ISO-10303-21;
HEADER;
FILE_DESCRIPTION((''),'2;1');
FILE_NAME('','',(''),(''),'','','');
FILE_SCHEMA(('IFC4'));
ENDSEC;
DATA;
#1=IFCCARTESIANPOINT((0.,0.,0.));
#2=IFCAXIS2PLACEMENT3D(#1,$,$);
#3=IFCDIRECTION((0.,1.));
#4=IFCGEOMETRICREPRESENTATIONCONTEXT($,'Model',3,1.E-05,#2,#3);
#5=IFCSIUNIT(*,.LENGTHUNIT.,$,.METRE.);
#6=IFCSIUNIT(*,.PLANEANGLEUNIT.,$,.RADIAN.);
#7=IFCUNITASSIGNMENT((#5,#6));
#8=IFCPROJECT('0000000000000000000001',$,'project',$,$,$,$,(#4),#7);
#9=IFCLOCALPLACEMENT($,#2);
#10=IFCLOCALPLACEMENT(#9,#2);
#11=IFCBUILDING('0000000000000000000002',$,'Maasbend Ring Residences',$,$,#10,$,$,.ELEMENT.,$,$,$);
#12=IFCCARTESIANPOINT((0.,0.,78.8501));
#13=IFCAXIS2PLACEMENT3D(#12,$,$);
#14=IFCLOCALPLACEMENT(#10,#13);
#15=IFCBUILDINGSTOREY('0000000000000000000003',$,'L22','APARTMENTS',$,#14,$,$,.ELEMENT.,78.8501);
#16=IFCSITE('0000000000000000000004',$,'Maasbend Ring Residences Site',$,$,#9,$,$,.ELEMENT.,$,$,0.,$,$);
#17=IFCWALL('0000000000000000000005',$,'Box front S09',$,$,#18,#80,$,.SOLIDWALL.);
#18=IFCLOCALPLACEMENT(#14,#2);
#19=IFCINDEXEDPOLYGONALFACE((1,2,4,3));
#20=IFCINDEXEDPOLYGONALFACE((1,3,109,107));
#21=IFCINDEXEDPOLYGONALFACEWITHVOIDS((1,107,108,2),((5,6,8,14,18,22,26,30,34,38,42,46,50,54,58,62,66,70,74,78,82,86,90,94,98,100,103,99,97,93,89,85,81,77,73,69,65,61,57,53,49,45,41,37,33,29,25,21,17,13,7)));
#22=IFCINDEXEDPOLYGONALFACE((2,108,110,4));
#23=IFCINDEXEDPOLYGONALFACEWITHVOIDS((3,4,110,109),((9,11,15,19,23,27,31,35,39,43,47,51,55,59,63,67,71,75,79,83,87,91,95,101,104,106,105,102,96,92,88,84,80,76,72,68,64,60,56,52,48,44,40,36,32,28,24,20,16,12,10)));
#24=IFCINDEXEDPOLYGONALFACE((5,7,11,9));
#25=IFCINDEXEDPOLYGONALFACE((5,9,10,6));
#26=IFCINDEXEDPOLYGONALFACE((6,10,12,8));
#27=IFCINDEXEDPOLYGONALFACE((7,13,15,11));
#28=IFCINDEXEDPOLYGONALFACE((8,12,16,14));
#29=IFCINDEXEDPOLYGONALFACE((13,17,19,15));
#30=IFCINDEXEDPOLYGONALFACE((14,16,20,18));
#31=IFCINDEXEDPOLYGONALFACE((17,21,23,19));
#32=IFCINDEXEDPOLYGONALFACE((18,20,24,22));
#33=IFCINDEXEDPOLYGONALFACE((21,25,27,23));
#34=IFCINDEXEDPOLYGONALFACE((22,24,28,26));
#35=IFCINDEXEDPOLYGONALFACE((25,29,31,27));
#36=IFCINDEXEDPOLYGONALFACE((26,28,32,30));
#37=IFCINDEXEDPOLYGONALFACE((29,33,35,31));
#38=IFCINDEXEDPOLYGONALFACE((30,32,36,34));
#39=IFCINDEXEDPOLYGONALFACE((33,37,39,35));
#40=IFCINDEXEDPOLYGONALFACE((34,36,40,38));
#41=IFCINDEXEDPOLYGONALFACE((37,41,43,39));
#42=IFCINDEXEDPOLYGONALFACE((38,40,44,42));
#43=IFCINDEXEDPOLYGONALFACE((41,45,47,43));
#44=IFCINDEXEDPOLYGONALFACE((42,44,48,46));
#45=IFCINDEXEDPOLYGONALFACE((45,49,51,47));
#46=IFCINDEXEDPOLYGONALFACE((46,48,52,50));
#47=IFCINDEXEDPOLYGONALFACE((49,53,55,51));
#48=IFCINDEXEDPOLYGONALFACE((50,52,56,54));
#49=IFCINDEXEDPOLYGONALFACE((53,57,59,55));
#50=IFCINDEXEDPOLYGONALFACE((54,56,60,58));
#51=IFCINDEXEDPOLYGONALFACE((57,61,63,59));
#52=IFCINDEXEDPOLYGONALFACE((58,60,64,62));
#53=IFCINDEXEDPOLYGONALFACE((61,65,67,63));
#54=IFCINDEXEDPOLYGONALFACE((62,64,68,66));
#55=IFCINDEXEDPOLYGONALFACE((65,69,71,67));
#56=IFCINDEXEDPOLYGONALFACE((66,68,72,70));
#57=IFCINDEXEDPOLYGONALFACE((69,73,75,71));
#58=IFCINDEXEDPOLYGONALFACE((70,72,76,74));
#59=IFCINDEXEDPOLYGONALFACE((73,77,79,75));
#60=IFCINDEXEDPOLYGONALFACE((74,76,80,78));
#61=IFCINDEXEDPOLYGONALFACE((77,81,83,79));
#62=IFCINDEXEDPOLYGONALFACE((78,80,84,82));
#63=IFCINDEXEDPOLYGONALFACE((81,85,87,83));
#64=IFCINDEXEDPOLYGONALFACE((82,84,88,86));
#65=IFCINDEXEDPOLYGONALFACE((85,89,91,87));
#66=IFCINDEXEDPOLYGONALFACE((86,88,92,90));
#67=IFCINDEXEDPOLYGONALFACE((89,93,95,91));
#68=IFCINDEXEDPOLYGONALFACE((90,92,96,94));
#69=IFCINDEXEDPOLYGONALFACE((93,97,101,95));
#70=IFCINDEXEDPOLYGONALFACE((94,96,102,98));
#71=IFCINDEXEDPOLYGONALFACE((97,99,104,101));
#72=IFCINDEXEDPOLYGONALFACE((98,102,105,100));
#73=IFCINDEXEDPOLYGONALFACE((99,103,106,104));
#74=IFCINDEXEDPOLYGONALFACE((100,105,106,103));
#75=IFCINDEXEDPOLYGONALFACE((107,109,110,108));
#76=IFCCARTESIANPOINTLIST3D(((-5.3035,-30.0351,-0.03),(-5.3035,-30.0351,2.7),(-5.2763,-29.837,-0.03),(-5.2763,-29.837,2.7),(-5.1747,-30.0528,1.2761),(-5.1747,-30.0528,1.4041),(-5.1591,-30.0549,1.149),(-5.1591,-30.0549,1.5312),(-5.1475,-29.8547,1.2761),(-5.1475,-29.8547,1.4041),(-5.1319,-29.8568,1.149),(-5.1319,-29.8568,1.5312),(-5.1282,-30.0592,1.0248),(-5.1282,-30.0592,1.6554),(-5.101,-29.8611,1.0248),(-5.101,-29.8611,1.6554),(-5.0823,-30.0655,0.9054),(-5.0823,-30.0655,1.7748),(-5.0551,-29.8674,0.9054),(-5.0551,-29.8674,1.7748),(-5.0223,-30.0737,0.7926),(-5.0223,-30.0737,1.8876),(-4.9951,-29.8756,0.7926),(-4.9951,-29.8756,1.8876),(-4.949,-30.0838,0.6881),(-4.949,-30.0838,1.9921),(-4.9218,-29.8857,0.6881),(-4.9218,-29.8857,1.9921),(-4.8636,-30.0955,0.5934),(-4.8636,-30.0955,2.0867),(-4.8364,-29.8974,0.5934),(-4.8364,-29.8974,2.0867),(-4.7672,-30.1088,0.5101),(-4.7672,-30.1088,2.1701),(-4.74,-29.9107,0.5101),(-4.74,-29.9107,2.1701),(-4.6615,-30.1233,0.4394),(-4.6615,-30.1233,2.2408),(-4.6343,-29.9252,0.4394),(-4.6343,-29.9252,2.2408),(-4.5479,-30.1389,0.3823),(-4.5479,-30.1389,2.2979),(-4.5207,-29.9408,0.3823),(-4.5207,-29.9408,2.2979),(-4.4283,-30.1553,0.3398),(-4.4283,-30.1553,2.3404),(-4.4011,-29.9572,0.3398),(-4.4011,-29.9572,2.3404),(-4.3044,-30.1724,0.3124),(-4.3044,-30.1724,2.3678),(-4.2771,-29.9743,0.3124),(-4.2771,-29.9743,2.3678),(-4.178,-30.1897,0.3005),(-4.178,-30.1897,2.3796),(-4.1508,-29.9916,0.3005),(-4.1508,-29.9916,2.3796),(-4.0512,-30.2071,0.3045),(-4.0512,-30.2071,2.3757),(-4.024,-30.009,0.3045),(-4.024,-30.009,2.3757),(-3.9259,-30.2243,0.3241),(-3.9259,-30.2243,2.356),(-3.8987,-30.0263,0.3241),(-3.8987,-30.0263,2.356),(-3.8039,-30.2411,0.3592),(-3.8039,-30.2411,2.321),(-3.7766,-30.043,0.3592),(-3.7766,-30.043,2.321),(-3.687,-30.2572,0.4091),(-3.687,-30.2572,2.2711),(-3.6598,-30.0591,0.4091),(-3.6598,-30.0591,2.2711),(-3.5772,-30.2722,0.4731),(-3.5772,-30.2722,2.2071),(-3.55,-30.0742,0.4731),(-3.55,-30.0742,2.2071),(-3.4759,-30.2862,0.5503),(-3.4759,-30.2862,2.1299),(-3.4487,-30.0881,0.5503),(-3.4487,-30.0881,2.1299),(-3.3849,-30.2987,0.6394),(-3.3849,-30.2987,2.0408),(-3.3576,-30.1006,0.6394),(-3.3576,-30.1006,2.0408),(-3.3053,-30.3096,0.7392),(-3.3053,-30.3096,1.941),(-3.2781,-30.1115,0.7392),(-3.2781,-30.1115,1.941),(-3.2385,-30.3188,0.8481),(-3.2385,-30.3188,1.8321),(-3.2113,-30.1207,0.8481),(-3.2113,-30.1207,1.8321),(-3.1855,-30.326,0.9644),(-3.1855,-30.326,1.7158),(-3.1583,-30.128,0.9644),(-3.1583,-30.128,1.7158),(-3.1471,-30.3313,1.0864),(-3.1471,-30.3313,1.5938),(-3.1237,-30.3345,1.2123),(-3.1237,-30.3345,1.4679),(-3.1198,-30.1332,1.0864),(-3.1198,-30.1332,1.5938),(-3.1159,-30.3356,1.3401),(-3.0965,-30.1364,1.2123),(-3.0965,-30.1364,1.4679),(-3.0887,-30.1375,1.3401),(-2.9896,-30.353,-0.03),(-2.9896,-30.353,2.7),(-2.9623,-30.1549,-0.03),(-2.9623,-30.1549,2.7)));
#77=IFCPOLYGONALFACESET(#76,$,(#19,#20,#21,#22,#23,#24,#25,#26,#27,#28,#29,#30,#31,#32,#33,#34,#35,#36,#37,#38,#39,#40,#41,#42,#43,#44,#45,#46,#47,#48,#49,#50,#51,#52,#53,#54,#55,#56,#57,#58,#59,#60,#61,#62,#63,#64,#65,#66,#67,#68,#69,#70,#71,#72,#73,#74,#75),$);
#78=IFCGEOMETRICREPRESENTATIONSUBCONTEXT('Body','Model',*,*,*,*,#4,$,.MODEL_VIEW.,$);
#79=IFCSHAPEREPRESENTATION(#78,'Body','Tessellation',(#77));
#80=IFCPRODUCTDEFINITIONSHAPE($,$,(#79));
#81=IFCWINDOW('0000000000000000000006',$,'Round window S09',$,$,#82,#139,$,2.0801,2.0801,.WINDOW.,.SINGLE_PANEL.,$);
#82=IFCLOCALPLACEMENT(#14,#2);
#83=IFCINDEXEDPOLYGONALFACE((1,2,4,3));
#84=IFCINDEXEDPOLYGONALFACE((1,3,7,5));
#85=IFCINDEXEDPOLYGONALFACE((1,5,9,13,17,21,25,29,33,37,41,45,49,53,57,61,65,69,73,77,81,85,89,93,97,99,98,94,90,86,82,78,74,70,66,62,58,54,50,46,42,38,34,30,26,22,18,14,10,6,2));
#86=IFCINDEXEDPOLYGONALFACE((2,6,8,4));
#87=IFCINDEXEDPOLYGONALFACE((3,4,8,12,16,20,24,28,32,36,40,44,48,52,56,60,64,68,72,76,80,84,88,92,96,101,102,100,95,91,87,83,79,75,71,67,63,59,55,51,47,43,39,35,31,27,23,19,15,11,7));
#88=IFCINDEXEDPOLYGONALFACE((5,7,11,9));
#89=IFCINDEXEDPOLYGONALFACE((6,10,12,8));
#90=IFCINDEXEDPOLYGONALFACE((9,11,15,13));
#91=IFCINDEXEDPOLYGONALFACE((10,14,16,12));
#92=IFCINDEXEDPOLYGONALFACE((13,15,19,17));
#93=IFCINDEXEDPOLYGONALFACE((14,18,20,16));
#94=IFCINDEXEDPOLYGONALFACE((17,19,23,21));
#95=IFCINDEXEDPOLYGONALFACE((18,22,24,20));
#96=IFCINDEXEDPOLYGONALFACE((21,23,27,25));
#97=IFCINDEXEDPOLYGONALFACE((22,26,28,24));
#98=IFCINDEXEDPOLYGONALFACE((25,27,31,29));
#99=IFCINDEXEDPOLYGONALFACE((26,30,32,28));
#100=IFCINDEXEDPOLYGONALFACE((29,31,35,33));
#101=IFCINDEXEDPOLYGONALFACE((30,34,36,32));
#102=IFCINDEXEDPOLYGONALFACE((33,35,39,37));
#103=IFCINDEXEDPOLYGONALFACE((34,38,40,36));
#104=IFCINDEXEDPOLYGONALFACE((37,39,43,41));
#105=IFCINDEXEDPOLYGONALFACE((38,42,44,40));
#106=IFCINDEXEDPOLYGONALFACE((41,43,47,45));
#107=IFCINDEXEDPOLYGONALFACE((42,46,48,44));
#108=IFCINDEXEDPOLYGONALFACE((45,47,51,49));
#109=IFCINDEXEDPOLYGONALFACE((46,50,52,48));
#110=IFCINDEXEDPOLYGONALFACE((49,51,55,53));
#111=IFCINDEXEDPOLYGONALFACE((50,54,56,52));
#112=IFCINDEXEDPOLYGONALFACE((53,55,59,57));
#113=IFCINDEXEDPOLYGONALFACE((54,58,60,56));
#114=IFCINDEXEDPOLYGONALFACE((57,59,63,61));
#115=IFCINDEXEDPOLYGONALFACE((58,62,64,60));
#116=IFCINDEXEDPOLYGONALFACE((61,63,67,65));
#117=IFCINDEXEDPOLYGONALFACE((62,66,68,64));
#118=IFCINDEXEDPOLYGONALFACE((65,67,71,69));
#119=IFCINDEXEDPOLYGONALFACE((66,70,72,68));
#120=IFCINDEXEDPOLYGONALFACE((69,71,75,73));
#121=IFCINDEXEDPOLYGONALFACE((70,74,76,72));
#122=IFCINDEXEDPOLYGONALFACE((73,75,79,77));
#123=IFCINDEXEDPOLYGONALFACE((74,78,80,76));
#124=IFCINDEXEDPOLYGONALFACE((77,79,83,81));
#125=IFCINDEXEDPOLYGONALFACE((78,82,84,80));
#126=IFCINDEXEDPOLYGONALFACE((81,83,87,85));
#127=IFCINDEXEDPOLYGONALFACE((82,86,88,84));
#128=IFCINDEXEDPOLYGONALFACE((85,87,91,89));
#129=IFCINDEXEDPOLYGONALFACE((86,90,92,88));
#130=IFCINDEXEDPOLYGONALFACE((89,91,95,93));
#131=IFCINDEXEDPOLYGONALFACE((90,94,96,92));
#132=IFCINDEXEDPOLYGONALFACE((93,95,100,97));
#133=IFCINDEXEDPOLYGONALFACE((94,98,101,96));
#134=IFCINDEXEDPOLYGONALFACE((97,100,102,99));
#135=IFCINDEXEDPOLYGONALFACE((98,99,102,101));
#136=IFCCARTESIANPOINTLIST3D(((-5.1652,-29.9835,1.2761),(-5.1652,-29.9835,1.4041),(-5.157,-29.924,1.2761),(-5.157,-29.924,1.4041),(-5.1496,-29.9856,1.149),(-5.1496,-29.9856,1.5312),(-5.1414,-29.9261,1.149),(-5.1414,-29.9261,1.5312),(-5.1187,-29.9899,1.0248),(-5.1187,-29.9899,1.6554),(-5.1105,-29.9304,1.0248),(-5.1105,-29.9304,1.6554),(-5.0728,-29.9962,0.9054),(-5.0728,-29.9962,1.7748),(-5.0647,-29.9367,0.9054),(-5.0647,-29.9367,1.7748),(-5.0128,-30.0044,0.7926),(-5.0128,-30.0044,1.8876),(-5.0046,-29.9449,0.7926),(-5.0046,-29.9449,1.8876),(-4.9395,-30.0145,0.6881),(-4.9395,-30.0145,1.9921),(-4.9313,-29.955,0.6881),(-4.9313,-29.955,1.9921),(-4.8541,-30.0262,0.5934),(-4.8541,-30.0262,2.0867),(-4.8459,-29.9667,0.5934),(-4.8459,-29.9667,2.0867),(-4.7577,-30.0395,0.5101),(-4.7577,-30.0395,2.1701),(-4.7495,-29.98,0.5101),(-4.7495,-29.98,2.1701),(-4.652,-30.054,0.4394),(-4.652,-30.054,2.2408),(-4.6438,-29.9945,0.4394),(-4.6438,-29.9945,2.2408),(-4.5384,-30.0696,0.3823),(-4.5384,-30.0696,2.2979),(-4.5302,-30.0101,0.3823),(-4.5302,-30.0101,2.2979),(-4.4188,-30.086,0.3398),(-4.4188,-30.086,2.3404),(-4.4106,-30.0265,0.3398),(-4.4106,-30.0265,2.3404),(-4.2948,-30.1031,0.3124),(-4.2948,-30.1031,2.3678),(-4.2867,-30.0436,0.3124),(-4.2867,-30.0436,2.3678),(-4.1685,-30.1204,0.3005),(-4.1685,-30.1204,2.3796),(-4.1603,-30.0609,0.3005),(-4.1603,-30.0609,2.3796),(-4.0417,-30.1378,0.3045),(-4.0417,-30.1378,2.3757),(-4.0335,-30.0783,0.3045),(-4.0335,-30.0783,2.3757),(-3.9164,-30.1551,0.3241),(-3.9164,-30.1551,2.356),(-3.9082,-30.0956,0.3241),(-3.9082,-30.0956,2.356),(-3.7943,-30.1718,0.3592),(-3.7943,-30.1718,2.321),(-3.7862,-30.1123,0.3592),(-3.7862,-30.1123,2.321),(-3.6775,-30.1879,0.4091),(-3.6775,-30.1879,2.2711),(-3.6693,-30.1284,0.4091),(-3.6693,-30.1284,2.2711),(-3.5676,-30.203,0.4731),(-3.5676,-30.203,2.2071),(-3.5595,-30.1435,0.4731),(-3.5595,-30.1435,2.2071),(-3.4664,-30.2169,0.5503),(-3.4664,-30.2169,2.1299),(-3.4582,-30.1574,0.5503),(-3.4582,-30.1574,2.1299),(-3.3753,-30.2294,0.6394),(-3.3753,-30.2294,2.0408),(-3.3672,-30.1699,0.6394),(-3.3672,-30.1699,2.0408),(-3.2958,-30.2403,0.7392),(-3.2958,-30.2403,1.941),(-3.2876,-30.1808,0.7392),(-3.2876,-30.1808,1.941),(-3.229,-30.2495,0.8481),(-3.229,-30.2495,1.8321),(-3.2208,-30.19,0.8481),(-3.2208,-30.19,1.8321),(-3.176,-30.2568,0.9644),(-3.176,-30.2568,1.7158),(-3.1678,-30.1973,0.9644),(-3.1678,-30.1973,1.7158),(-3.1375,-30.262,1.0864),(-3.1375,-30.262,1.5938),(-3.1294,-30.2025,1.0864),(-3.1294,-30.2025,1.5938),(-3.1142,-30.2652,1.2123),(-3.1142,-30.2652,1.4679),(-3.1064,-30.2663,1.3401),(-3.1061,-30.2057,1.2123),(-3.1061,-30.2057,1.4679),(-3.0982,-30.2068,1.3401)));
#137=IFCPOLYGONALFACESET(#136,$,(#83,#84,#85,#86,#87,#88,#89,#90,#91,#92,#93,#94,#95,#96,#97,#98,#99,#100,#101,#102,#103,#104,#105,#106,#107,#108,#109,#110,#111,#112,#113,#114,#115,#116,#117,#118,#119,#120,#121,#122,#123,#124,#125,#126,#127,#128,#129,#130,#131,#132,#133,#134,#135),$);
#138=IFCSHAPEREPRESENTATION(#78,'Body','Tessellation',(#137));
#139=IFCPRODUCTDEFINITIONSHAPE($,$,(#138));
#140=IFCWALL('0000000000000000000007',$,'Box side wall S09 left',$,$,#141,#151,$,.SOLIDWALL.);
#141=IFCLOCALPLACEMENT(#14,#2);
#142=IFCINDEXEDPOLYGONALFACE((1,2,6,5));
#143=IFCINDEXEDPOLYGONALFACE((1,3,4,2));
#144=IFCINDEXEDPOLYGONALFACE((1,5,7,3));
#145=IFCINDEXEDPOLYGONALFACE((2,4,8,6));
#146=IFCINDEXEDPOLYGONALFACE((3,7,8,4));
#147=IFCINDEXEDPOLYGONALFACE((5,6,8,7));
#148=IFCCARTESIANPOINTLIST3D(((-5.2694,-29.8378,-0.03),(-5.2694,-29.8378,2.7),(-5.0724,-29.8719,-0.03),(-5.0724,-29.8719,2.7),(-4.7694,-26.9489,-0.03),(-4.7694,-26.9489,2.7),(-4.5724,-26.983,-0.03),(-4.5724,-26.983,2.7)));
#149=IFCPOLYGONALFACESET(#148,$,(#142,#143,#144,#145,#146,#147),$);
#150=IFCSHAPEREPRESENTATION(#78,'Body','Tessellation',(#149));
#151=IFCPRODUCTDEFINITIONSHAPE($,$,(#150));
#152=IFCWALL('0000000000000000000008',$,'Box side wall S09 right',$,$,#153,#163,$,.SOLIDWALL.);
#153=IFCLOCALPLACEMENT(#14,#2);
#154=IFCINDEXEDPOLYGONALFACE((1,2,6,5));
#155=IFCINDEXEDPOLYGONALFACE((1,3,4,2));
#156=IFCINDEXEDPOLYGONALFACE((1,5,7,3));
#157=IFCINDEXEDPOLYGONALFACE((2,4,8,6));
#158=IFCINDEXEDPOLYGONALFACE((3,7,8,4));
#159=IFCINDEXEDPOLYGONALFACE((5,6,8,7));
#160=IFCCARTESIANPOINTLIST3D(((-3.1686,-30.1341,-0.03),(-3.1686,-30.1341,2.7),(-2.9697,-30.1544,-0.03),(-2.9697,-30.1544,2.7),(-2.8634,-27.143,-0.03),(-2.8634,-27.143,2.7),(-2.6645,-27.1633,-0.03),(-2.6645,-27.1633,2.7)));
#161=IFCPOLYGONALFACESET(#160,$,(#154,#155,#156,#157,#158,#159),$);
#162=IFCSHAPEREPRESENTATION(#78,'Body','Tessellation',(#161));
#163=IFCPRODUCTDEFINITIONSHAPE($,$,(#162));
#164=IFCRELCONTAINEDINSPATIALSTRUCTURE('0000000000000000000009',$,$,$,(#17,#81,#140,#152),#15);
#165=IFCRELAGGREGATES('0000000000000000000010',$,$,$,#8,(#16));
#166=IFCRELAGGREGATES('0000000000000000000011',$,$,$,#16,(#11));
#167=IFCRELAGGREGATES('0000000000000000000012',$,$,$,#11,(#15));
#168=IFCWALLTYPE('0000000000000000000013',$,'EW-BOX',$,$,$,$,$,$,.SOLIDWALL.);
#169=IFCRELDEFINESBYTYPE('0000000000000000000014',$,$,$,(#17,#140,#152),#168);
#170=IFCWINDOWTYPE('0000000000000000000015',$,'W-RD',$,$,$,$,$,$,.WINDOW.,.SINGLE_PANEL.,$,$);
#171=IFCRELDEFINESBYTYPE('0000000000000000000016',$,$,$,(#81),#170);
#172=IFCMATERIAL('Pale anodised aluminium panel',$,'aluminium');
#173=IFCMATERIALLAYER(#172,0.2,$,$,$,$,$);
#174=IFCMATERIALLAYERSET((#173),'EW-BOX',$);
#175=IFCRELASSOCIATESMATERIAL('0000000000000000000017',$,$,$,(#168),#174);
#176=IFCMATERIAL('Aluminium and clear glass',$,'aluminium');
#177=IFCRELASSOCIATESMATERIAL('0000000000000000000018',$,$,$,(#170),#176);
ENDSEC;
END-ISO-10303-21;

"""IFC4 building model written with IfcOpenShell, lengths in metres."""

from ifc_helpers import new_model, si_unit, direction, frame, frame_2d, origin, place, context, subcontext, project, spatial, rectangle, circle, extrude, material, layer, layer_set, type_object, element, fill, save


model = new_model("IFC4")

# Units and contexts
model_context = context("Model", 3, precision=1e-05, world=origin(), true_north=direction((0.0, 1.0)))
body_context = subcontext(model_context, "Body", "Model", "MODEL_VIEW")
ifc_project = project(units=[si_unit("LENGTHUNIT", "METRE"), si_unit("PLANEANGLEUNIT", "RADIAN")], contexts=[model_context])

# Site, building, storey
site_placement = place(None, origin())
site = spatial("IfcSite", under=ifc_project, at=site_placement, Name="Maasbend Ring Residences Site", CompositionType="ELEMENT", RefElevation=0.0)
building_placement = place(site_placement, origin())
building = spatial("IfcBuilding", under=site, at=building_placement, Name="Maasbend Ring Residences", CompositionType="ELEMENT")
storey_placement = place(building_placement, frame((0.0, 0.0, 78.8501)))
storey = spatial("IfcBuildingStorey", under=building, at=storey_placement, Name="L22", Description="APARTMENTS", CompositionType="ELEMENT", Elevation=78.8501)

# Shared definitions
ifc_material_1 = material(Name="Pale anodised aluminium panel", Category="aluminium")
ifc_layer_1 = layer(ifc_material_1, 0.2)
ifc_layer_set_1 = layer_set([ifc_layer_1], Name="EW-BOX")
wall_type_1 = type_object("IfcWallType", Name="EW-BOX", PredefinedType="SOLIDWALL", material=ifc_layer_set_1)

# Wall, opening, window
wall_1_placement = place(storey_placement, frame((-5.29, -29.936, -0.03), z_axis=(0.0, 0.0, 1.0), x_axis=(0.990696, -0.136093, 0.0)))
wall_1 = element("IfcWall", 1, at=wall_1_placement, inside=storey, type_object=wall_type_1, Name="Box front S09", PredefinedType="SOLIDWALL", context=body_context, shape_type="SweptSolid", body=[
    extrude(rectangle(XDim=2.3357, YDim=0.2, at=frame_2d((1.168, 0.0))), origin(), (0.0, 0.0, 1.0), 2.73),
])
opening_1_placement = place(wall_1_placement, frame((0.1282, 0.0, 0.3301)))
opening_1 = element("IfcOpeningElement", 2, at=opening_1_placement, cuts=wall_1, PredefinedType="OPENING", context=body_context, shape_type="SweptSolid", body=[
    extrude(circle(Radius=1.04, at=frame_2d((1.04, 1.04))), frame((0.0, 0.1099, 0.0), z_axis=(0.0, -1.0, 0.0), x_axis=(1.0, 0.0, 0.0)), (0.0, 0.0, 1.0), 0.22),
])
ifc_material_2 = material(Name="Aluminium and clear glass", Category="aluminium")
window_type_1 = type_object("IfcWindowType", Name="W-RD", PartitioningType="SINGLE_PANEL", PredefinedType="WINDOW", material=ifc_material_2)
window_1_placement = place(opening_1_placement, origin())
window_1 = element("IfcWindow", 3, at=window_1_placement, inside=storey, type_object=window_type_1, Name="Round window S09", OverallHeight=2.0801, OverallWidth=2.0801, PartitioningType="SINGLE_PANEL", PredefinedType="WINDOW", context=body_context, shape_type="SweptSolid", body=[
    extrude(circle(Radius=1.04, at=frame_2d((1.04, 1.04))), frame((0.0, 0.03, 0.0), z_axis=(0.0, -1.0, 0.0), x_axis=(1.0, 0.0, 0.0)), (0.0, 0.0, 1.0), 0.0601),
])
fill(opening_1, window_1)

# Walls
wall_2_placement = place(storey_placement, frame((-4.6709, -26.9661, -0.03), z_axis=(0.0, 0.0, 1.0), x_axis=(-0.17054, -0.985351, 0.0)))
element("IfcWall", 4, at=wall_2_placement, inside=storey, type_object=wall_type_1, Name="Box side wall S09 left", PredefinedType="SOLIDWALL", context=body_context, shape_type="SweptSolid", body=[
    extrude(rectangle(XDim=2.9319, YDim=0.2, at=frame_2d((1.4658, 0.0))), origin(), (0.0, 0.0, 1.0), 2.73),
])
wall_3_placement = place(storey_placement, frame((-2.7639, -27.1531, -0.03), z_axis=(0.0, 0.0, 1.0), x_axis=(-0.101505, -0.994835, 0.0)))
element("IfcWall", 5, at=wall_3_placement, inside=storey, type_object=wall_type_1, Name="Box side wall S09 right", PredefinedType="SOLIDWALL", context=body_context, shape_type="SweptSolid", body=[
    extrude(rectangle(XDim=3.0066, YDim=0.2, at=frame_2d((1.5034, 0.0))), origin(), (0.0, 0.0, 1.0), 2.73),
])

save(model, "model.ifc")
